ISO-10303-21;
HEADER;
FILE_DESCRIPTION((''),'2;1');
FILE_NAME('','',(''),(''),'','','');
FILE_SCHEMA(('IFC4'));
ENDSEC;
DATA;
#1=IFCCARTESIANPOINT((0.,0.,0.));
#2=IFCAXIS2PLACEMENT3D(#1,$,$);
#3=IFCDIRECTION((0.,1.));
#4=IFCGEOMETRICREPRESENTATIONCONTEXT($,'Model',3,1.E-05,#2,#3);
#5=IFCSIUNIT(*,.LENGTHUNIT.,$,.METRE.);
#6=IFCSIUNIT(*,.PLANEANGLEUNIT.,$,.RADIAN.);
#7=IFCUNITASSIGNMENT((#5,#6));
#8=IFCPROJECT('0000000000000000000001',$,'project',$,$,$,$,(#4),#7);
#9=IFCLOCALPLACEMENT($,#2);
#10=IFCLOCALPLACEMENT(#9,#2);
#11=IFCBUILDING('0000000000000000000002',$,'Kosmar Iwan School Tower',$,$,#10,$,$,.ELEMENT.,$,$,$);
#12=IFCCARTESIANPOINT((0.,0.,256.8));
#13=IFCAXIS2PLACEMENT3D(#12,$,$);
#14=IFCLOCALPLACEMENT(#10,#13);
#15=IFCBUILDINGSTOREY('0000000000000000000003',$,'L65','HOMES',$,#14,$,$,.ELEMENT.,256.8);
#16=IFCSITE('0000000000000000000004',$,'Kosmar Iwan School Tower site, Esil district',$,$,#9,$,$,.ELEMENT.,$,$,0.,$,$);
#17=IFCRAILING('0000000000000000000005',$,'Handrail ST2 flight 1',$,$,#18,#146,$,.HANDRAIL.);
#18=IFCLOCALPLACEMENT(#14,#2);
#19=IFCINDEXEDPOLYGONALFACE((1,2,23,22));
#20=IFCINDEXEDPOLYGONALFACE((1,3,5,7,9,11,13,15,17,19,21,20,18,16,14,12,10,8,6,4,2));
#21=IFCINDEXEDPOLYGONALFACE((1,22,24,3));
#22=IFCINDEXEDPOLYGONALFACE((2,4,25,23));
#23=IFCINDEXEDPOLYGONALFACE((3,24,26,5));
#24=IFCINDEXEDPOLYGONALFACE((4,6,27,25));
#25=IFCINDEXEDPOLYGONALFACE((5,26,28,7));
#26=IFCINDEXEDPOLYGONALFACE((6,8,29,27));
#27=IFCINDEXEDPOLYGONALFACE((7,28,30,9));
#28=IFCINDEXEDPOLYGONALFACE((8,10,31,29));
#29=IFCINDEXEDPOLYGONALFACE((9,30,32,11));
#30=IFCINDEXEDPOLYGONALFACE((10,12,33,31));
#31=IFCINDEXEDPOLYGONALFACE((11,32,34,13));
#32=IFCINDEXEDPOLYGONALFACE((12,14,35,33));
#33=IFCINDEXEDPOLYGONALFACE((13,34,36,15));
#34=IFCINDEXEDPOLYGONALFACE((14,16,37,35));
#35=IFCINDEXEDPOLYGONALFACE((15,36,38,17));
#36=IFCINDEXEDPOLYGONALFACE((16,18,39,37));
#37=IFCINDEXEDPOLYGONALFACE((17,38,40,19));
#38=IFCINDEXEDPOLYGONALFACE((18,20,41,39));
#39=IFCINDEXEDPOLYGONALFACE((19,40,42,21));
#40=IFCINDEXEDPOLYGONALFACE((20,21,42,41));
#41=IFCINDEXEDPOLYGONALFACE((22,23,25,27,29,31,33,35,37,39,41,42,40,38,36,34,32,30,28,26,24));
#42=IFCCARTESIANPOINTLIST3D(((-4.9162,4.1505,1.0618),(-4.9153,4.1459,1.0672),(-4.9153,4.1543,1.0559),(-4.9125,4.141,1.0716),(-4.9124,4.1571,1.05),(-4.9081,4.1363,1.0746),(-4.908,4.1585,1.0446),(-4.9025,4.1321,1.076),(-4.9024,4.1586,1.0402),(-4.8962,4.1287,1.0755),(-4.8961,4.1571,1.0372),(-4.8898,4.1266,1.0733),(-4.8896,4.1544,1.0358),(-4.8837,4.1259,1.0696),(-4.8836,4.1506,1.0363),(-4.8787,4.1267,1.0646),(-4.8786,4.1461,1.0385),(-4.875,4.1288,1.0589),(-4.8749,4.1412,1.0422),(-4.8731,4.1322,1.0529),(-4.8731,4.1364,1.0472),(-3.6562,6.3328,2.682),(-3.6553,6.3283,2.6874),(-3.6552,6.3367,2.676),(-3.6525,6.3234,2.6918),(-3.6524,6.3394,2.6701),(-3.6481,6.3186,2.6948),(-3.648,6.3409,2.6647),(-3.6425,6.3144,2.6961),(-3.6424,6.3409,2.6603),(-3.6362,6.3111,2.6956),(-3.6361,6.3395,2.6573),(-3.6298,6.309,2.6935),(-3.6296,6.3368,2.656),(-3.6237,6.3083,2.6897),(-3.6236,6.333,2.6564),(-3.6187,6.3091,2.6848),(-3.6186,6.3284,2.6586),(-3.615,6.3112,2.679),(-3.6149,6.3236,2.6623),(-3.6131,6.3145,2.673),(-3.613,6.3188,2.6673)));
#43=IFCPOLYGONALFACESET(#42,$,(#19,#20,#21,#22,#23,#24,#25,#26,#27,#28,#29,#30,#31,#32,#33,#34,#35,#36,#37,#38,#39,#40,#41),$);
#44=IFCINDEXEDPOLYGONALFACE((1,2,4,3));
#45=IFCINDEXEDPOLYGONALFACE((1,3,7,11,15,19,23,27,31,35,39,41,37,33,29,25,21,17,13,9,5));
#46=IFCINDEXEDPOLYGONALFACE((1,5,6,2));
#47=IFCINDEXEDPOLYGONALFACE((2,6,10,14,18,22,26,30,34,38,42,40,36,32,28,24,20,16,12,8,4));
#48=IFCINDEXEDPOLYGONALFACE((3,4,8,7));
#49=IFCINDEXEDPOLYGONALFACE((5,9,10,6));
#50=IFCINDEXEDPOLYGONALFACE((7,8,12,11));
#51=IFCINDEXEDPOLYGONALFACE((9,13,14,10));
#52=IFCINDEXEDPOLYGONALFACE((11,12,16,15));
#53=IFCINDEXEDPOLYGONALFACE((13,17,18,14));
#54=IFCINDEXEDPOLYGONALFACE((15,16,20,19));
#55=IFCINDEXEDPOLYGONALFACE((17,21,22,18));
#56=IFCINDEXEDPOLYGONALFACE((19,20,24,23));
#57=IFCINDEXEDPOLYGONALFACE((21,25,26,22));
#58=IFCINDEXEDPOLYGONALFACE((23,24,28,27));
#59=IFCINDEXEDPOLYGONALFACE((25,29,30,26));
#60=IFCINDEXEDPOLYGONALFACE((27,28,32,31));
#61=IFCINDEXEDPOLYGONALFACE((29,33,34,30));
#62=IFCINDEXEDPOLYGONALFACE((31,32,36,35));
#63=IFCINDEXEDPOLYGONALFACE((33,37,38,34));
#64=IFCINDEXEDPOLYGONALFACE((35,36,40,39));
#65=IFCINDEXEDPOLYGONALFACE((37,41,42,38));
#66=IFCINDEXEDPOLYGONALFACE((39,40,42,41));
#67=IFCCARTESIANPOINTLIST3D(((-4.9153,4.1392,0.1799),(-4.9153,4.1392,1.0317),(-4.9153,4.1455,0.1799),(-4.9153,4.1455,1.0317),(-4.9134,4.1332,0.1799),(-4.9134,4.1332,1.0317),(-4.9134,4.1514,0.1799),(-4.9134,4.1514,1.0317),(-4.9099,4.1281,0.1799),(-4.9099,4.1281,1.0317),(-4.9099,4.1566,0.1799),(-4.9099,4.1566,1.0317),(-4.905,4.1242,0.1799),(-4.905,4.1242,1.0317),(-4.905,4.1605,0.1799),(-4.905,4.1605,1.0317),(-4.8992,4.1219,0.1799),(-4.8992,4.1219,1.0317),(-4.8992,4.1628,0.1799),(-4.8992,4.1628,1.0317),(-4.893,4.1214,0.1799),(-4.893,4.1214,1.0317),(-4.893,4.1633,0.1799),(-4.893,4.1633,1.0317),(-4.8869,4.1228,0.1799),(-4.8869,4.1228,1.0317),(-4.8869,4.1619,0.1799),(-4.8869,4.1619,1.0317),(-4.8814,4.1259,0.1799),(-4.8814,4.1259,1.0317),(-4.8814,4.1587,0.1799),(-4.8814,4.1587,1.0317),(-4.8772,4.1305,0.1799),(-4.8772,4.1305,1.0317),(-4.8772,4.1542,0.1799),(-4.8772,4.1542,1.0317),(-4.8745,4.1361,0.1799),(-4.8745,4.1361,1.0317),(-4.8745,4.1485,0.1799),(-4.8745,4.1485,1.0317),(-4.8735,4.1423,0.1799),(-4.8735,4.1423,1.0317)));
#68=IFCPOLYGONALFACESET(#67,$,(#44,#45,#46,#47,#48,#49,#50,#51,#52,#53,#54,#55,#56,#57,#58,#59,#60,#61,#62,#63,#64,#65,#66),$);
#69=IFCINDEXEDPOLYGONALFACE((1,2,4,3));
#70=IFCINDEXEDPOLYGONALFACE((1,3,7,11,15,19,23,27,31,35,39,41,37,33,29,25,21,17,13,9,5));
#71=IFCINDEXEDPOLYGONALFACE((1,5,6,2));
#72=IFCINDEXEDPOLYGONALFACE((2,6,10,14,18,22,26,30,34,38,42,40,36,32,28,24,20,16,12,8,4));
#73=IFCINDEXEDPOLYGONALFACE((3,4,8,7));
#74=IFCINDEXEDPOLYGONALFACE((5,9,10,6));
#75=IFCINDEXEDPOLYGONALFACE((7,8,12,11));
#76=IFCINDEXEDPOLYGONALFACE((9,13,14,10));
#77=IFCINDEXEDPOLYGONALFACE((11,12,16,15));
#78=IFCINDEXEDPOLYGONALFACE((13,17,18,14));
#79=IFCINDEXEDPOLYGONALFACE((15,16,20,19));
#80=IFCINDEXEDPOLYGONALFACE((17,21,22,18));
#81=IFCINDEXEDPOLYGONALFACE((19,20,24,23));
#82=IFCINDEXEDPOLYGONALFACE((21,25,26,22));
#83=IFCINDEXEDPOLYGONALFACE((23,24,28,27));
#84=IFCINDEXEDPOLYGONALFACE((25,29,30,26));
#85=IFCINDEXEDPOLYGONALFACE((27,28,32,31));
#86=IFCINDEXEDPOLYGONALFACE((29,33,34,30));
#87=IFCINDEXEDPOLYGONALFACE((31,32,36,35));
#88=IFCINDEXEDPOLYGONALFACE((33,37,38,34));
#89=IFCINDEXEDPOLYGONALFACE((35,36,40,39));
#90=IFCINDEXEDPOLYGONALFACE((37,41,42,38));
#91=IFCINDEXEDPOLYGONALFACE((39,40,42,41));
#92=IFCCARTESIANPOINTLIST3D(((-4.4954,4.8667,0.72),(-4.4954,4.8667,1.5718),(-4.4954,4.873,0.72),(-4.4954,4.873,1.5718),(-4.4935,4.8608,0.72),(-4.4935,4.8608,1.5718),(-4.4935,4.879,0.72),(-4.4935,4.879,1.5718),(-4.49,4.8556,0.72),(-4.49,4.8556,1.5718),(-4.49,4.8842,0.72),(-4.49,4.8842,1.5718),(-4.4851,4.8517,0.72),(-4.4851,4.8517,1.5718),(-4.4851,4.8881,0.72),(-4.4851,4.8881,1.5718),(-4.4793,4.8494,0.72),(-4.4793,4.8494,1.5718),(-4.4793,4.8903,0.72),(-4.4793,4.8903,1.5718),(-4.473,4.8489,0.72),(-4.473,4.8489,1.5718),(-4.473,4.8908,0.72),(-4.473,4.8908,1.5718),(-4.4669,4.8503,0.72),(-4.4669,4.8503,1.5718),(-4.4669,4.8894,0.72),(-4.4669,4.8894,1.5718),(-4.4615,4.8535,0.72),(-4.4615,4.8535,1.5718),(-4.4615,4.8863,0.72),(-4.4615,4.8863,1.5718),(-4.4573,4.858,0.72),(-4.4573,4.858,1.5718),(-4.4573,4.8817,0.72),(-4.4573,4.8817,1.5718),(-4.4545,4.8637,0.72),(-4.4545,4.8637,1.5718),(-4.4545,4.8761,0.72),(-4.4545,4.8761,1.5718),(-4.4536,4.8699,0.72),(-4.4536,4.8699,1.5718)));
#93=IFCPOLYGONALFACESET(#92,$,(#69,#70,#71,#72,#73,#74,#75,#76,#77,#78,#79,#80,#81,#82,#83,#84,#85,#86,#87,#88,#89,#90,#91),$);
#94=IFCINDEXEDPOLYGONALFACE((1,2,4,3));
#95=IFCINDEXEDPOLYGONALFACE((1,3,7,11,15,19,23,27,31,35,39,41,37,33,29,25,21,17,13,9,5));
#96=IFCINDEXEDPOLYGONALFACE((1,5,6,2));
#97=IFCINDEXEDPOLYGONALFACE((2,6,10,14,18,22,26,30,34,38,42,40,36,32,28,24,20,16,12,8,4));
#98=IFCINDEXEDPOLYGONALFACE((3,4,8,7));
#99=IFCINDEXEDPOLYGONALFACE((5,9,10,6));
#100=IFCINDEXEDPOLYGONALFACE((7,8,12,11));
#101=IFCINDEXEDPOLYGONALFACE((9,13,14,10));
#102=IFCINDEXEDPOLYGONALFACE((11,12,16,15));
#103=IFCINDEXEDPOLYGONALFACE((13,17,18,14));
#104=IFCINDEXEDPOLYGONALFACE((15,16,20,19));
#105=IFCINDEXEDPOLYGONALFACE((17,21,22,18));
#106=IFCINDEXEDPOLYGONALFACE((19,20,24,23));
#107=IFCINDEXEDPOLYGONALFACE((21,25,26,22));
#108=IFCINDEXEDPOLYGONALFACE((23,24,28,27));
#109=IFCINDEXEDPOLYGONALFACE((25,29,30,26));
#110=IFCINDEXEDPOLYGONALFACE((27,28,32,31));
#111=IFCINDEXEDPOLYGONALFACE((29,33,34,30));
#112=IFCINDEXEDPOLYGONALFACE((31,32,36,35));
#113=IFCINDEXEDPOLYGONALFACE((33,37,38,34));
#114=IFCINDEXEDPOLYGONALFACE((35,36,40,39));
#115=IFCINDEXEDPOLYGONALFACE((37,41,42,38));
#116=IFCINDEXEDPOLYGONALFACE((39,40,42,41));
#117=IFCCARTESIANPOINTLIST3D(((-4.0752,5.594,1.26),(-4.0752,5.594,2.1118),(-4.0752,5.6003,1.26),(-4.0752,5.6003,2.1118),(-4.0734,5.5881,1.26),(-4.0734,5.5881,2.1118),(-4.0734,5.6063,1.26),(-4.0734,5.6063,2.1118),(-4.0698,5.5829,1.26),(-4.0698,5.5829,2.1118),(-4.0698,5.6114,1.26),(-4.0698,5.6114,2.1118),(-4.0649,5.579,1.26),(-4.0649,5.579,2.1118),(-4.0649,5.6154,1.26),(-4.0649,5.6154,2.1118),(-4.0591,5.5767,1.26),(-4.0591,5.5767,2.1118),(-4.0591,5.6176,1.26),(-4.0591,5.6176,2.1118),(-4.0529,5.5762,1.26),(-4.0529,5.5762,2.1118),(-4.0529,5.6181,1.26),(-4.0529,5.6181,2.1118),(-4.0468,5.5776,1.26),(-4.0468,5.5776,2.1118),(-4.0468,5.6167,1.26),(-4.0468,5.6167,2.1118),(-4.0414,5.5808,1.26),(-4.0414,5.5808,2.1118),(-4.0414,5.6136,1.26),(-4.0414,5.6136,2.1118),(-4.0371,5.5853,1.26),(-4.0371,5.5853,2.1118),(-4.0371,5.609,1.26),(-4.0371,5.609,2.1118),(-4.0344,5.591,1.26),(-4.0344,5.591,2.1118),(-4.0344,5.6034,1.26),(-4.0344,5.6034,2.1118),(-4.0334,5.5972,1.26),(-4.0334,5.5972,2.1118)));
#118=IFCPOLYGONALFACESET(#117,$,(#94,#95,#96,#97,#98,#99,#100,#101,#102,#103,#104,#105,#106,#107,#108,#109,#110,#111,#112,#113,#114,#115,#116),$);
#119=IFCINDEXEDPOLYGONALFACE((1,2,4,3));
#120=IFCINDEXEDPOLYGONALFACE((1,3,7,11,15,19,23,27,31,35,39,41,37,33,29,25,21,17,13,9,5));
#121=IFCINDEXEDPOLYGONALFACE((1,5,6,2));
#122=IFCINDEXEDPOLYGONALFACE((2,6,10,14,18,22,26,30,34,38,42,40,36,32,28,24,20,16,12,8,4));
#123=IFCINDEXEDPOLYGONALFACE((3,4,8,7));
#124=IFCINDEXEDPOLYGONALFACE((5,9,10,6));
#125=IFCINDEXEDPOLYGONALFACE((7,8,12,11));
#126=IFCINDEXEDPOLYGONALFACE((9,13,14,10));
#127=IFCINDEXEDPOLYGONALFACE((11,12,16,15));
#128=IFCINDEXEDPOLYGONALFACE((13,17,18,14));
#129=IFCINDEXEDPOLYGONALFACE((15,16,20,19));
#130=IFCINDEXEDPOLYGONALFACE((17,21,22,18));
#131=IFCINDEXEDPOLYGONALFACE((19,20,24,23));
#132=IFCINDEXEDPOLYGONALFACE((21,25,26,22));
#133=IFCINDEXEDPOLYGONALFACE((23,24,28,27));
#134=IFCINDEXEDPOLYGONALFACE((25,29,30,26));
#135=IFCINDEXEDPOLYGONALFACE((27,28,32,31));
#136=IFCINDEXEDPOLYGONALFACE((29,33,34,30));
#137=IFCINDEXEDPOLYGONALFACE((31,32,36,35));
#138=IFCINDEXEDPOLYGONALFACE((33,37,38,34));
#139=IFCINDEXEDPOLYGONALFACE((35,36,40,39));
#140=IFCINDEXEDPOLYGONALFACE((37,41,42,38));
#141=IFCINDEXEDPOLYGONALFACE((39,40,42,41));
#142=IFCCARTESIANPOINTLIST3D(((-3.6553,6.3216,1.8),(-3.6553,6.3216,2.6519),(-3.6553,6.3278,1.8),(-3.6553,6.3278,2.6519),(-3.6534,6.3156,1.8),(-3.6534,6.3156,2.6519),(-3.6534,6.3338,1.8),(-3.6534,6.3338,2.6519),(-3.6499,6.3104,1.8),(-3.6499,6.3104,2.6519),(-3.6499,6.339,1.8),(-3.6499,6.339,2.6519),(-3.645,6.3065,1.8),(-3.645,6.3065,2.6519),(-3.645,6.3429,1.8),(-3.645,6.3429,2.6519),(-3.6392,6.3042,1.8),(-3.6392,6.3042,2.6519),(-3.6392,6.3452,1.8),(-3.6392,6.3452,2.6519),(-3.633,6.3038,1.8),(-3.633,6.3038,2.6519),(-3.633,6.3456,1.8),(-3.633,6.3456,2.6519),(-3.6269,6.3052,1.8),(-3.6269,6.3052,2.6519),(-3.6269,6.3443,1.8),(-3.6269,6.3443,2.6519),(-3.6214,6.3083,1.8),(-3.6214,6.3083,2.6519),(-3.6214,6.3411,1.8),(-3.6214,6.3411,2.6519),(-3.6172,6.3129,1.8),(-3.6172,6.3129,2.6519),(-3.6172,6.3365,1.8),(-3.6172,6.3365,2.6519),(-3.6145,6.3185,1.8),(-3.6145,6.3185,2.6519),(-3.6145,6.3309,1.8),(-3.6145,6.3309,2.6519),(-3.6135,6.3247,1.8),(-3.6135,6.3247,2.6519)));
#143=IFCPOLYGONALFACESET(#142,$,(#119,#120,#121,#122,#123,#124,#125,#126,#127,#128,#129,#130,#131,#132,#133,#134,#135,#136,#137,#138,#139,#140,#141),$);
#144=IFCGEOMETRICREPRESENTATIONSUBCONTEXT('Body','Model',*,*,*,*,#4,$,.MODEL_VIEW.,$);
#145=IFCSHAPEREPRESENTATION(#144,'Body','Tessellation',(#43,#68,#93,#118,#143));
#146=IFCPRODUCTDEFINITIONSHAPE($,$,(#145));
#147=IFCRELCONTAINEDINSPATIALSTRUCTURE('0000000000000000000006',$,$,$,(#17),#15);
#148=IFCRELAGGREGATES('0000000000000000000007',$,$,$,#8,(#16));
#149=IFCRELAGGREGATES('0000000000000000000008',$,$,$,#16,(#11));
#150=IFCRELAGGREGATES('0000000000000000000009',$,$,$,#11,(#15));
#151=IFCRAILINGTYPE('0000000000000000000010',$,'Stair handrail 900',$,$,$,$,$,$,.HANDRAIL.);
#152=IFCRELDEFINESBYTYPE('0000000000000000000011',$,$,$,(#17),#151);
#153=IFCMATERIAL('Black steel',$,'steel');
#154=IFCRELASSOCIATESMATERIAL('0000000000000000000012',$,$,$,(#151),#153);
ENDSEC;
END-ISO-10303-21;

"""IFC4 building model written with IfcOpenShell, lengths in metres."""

from ifc_helpers import new_model, si_unit, direction, frame, origin, origin_2d, place, context, subcontext, project, spatial, circle, extrude, material, type_object, element, save


model = new_model("IFC4")

# Units and contexts
model_context = context("Model", 3, precision=1e-05, world=origin(), true_north=direction((0.0, 1.0)))
body_context = subcontext(model_context, "Body", "Model", "MODEL_VIEW")
ifc_project = project(units=[si_unit("LENGTHUNIT", "METRE"), si_unit("PLANEANGLEUNIT", "RADIAN")], contexts=[model_context])

# Site, building, storey
site_placement = place(None, origin())
site = spatial("IfcSite", under=ifc_project, at=site_placement, Name="Kosmar Iwan School Tower site, Esil district", CompositionType="ELEMENT", RefElevation=0.0)
building_placement = place(site_placement, origin())
building = spatial("IfcBuilding", under=site, at=building_placement, Name="Kosmar Iwan School Tower", CompositionType="ELEMENT")
storey_placement = place(building_placement, frame((0.0, 0.0, 256.8)))
storey = spatial("IfcBuildingStorey", under=building, at=storey_placement, Name="L65", Description="HOMES", CompositionType="ELEMENT", Elevation=256.8)

# Railing
ifc_material_1 = material(Name="Black steel", Category="steel")
railing_type = type_object("IfcRailingType", Name="Stair handrail 900", PredefinedType="HANDRAIL", material=ifc_material_1)
railing_placement = place(storey_placement, frame((-4.8945, 4.1423, 0.1799)))
element("IfcRailing", 1, at=railing_placement, inside=storey, type_object=railing_type, Name="Handrail ST2 flight 1", PredefinedType="HANDRAIL", context=body_context, shape_type="SweptSolid", body=[
    extrude(circle(Radius=0.0239, at=origin_2d()), frame((0.0, 0.0, 0.876), z_axis=(0.420584, 0.728464, 0.540786), x_axis=(-0.866023, 0.500005, 0.0)), (0.0, 0.0, 1.0), 2.9958),
    extrude(circle(Radius=0.021, at=origin_2d()), origin(), (0.0, 0.0, 1.0), 0.8518),
    extrude(circle(Radius=0.021, at=origin_2d()), frame((0.4199, 0.7275, 0.54)), (0.0, 0.0, 1.0), 0.8518),
    extrude(circle(Radius=0.021, at=origin_2d()), frame((0.8401, 1.4548, 1.0801)), (0.0, 0.0, 1.0), 0.8518),
    extrude(circle(Radius=0.021, at=origin_2d()), frame((1.26, 2.1824, 1.6201)), (0.0, 0.0, 1.0), 0.8518),
])

save(model, "model.ifc")
